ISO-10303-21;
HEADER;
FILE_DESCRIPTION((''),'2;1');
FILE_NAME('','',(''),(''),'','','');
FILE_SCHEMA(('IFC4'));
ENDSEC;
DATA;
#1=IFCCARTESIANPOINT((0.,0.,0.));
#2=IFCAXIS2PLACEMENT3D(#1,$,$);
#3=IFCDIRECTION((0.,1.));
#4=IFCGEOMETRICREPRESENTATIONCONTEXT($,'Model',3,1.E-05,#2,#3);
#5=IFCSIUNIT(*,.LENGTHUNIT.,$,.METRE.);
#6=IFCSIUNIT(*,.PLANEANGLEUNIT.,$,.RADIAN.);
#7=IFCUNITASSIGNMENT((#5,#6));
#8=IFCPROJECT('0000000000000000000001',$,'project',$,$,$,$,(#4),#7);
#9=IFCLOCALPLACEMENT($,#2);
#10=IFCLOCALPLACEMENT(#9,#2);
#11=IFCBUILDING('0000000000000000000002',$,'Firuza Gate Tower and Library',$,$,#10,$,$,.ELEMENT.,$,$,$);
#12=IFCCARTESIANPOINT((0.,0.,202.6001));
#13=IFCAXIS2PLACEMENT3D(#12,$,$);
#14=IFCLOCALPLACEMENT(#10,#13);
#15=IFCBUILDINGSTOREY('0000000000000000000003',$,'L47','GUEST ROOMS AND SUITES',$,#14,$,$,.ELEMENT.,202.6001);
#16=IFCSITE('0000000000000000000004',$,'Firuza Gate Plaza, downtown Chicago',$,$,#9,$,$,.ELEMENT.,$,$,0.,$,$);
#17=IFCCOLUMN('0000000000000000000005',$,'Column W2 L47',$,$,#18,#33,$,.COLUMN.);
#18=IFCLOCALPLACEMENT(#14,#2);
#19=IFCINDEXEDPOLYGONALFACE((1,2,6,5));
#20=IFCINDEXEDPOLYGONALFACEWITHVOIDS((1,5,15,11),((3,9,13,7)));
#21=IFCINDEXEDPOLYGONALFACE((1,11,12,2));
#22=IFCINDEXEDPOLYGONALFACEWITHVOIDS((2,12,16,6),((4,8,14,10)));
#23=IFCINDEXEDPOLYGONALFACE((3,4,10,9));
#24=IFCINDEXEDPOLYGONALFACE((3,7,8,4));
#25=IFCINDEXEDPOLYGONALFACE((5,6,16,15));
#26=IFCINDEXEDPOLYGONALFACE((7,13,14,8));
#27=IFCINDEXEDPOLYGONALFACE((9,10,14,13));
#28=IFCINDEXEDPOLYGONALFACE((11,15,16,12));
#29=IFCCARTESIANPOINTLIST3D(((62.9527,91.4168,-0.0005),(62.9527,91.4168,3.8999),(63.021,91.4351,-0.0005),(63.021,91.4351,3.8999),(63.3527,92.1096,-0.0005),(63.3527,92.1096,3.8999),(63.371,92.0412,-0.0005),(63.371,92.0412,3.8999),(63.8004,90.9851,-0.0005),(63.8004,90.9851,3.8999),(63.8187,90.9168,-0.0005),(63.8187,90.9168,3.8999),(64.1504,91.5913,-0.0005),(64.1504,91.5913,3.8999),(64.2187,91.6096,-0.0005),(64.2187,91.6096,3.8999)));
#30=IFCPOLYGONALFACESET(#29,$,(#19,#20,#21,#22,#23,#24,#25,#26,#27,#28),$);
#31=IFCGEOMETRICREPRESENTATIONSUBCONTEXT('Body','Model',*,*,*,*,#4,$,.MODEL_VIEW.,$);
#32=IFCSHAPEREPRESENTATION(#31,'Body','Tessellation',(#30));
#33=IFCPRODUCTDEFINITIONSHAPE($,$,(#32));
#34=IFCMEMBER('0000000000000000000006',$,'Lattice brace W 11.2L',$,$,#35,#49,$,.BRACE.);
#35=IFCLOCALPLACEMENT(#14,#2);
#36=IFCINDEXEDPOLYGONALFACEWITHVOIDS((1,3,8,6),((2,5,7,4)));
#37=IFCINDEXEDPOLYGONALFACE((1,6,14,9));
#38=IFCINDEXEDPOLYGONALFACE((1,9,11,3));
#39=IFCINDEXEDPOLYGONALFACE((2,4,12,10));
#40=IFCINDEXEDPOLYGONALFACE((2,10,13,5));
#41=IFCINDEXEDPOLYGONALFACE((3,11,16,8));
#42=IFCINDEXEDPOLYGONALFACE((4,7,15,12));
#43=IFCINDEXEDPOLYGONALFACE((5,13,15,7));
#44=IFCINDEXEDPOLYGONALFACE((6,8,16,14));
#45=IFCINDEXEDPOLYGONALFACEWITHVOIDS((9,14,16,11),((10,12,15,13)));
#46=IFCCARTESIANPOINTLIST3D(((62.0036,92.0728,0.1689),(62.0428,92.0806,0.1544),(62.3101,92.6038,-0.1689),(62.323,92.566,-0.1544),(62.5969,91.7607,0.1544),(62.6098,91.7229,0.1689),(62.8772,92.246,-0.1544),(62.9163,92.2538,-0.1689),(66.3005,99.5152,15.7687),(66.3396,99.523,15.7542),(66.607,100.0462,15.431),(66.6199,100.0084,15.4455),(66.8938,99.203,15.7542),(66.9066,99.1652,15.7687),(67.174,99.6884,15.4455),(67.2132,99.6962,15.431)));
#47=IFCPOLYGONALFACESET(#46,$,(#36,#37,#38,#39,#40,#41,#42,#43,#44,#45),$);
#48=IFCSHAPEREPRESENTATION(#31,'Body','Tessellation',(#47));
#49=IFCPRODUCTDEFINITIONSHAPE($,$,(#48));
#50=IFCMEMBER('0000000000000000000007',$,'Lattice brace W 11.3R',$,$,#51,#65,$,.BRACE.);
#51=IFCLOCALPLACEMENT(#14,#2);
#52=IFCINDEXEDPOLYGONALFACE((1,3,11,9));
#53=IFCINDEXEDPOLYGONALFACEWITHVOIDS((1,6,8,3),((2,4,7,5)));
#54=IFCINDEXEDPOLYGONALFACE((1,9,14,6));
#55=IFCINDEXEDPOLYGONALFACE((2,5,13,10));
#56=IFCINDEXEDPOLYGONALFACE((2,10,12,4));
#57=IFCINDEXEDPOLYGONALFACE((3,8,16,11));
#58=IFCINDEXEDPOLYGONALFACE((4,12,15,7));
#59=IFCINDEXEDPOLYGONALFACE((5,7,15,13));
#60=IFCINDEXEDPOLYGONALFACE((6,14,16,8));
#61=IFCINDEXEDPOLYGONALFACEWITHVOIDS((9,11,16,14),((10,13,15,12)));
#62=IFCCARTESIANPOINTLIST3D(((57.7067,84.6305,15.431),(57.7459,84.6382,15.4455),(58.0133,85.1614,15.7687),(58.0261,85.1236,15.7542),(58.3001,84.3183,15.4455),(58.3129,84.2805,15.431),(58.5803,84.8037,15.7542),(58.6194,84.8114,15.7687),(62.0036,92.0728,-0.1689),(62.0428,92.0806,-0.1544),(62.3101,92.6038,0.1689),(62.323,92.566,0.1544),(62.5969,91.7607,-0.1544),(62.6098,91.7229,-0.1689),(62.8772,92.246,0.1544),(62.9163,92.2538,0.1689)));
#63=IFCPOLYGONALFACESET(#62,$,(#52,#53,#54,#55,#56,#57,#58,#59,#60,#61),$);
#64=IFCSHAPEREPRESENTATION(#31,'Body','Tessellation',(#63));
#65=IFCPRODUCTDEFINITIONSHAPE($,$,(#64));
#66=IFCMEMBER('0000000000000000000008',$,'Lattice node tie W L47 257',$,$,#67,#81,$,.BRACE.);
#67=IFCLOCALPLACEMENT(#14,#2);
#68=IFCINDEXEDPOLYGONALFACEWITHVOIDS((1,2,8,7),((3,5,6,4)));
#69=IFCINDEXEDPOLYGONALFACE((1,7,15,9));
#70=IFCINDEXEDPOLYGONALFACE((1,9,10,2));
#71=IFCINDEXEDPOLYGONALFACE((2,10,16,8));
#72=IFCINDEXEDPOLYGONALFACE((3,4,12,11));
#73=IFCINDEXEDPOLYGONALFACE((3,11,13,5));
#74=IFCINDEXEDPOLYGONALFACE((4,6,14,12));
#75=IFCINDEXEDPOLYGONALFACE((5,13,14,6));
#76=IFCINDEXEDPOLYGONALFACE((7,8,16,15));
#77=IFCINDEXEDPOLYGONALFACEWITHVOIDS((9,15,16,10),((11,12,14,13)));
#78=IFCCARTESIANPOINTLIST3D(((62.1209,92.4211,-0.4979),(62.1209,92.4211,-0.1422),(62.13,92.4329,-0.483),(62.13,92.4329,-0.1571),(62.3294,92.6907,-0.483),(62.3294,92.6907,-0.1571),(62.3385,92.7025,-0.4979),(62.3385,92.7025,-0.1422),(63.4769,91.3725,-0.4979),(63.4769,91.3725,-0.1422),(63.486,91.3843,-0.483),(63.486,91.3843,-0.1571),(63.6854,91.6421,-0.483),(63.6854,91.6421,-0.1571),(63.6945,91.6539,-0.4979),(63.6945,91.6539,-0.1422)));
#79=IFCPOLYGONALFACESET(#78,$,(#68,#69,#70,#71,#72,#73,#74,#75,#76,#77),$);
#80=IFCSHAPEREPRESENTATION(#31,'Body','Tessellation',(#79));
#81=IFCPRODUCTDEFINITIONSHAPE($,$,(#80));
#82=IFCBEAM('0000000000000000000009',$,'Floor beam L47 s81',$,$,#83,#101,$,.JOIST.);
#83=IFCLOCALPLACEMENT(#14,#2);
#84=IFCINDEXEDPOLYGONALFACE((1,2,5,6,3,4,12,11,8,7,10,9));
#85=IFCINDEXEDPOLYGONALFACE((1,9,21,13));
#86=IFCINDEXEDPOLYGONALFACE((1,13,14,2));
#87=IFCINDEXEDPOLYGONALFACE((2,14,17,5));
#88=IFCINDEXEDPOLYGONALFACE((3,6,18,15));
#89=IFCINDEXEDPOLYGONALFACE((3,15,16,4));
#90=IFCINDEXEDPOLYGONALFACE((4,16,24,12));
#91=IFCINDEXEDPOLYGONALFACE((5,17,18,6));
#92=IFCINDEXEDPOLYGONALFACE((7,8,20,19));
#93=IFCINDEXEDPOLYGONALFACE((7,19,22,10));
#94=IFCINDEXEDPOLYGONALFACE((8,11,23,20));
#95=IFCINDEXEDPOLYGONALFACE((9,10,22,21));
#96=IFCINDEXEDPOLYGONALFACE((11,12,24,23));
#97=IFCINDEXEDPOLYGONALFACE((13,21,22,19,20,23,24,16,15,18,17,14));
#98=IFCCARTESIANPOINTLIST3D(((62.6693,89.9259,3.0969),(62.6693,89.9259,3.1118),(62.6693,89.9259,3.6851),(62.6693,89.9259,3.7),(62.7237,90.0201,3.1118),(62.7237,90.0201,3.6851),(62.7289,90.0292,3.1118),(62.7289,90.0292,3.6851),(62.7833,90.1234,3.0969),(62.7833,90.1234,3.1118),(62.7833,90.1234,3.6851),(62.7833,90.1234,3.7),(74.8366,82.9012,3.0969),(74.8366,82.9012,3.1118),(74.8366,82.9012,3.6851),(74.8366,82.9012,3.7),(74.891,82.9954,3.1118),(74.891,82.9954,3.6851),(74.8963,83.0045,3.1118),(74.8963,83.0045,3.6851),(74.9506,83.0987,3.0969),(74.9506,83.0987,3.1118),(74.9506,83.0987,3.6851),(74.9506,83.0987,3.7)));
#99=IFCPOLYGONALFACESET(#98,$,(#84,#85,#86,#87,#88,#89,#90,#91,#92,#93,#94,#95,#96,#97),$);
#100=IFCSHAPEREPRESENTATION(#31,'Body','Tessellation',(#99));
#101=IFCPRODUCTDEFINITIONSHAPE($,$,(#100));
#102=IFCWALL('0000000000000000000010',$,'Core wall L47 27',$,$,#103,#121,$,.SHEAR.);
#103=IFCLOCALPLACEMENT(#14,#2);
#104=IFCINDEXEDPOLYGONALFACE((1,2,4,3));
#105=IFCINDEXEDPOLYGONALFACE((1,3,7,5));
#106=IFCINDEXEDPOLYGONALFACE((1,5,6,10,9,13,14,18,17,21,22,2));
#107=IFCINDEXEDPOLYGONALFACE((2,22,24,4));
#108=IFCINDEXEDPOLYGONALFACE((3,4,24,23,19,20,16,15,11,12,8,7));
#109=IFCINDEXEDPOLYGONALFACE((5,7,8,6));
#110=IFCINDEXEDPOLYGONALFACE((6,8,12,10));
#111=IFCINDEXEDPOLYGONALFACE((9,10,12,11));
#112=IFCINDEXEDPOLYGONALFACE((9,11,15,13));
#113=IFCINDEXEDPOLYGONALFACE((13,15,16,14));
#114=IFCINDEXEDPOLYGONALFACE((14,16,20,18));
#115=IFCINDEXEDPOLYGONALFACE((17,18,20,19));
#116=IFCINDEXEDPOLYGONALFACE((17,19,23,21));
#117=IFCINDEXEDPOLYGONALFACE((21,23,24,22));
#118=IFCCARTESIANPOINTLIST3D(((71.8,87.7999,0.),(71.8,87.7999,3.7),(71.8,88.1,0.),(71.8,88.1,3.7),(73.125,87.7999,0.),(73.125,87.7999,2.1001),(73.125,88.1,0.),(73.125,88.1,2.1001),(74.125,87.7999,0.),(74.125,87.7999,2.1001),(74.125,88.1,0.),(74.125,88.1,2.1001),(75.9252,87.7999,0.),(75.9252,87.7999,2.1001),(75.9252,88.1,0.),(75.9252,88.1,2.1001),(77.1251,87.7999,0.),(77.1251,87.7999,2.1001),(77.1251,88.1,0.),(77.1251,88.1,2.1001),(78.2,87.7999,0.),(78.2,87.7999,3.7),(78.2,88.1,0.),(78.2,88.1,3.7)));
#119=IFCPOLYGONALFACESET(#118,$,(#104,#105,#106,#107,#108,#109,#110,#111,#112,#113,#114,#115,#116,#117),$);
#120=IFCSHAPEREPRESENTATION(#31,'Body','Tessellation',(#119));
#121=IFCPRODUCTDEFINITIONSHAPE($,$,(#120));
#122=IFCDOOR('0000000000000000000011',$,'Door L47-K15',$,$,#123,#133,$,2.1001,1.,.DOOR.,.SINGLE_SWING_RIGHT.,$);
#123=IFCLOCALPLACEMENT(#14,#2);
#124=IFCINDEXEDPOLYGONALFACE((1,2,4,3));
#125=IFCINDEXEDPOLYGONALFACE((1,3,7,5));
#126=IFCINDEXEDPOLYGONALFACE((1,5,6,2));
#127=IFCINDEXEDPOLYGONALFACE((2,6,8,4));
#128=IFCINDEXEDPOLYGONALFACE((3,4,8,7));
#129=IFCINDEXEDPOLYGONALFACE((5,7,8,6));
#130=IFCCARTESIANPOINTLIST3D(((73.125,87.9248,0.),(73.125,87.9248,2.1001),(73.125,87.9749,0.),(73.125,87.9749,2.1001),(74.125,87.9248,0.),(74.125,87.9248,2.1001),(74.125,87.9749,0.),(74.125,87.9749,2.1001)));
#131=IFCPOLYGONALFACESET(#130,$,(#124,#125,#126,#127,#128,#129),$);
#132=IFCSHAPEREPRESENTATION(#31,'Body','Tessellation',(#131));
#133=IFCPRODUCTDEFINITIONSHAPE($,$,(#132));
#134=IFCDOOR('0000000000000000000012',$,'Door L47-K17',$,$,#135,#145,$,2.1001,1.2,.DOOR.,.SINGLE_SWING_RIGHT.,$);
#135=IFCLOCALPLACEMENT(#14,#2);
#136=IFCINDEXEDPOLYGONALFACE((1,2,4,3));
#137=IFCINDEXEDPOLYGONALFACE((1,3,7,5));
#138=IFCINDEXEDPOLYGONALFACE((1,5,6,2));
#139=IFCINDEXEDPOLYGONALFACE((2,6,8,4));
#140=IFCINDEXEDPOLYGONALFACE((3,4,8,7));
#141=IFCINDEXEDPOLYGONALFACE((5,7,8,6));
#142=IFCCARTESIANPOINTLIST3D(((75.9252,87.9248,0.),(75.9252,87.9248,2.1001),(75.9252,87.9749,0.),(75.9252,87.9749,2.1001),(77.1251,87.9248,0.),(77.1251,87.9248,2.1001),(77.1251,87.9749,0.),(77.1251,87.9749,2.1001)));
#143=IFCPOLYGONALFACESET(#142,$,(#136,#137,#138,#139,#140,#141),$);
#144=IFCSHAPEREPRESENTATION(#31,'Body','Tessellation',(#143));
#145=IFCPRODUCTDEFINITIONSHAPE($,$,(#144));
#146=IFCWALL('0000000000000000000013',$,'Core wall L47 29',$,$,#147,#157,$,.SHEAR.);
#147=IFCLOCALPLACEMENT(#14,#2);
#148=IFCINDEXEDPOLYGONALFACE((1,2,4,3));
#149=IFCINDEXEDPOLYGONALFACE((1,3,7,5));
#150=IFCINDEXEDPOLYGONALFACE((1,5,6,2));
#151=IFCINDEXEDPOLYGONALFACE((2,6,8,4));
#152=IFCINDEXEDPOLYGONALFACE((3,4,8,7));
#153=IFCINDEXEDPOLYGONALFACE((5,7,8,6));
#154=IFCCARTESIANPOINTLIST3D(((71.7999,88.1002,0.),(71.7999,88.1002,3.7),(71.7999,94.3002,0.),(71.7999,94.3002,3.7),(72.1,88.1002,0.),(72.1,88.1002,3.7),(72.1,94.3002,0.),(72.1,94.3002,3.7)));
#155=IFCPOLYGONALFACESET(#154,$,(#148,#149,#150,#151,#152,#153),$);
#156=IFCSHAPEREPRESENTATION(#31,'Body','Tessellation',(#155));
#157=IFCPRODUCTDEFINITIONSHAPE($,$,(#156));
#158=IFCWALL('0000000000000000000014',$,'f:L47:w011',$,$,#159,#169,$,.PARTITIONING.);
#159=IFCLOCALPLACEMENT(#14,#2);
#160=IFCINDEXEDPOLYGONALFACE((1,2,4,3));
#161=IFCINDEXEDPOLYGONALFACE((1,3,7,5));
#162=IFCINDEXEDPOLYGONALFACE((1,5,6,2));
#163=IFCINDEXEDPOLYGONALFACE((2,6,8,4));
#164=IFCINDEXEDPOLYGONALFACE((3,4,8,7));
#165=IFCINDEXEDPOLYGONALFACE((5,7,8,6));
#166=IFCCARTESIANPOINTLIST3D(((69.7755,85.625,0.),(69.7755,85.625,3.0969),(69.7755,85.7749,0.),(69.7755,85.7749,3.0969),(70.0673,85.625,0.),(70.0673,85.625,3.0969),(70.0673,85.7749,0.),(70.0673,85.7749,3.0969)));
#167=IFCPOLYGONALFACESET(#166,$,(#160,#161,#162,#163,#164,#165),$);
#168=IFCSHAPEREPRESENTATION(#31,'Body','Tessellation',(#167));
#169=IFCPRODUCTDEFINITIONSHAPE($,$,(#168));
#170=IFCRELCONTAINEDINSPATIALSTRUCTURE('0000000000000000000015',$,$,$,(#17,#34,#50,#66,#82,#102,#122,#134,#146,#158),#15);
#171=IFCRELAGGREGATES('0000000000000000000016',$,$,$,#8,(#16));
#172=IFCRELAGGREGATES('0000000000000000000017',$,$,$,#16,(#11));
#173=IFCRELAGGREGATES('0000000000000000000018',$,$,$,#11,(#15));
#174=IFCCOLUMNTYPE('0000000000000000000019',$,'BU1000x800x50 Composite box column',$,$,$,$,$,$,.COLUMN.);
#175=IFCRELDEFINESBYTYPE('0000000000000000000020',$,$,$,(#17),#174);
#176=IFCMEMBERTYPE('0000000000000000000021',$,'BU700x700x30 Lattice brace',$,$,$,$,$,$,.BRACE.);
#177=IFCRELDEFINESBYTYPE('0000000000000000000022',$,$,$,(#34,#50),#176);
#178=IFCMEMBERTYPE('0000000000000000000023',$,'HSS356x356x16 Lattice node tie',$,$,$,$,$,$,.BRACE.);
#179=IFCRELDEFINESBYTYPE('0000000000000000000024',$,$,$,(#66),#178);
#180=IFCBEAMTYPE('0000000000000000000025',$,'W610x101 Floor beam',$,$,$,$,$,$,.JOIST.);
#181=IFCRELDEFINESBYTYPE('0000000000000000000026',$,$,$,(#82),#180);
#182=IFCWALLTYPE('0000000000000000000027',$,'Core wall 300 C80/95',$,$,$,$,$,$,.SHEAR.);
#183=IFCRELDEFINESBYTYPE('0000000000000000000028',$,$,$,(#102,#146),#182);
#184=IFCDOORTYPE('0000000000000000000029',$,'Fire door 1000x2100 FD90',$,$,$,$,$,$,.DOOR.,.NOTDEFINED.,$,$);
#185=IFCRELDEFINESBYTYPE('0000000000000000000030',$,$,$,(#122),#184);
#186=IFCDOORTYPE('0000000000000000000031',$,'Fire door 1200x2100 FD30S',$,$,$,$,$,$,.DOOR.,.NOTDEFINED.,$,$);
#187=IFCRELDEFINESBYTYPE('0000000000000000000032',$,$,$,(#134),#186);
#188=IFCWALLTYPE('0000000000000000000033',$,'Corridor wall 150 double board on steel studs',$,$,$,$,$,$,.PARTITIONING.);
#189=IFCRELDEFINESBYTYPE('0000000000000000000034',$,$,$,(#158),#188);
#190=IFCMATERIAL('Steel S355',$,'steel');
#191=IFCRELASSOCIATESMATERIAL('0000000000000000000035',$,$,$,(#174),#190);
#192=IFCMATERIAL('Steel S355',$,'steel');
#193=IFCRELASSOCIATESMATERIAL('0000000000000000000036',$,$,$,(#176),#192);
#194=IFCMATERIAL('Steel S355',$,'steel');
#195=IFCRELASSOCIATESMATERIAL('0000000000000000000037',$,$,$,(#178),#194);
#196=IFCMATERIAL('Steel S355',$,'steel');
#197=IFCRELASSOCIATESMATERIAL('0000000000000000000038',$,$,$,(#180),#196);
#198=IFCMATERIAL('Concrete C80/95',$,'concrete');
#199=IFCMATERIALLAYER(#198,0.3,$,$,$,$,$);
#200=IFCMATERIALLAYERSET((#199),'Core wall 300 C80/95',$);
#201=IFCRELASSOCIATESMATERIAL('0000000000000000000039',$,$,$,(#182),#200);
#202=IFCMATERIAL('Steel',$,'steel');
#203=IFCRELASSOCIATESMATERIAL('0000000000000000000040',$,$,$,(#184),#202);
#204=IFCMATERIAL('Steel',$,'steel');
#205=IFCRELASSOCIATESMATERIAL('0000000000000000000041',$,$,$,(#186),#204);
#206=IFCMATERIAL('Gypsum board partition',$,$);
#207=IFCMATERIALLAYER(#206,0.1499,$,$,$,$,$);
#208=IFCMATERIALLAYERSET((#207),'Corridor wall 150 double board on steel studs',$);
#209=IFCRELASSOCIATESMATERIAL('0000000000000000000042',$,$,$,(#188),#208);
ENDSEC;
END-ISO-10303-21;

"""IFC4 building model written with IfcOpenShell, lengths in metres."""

from ifc_helpers import new_model, si_unit, direction, frame, frame_2d, origin, origin_2d, place, context, subcontext, project, spatial, rectangle, hollow_rectangle, i_section, extrude, material, layer, layer_set, material_profile, profile_set, type_object, element, fill, save


model = new_model("IFC4")

# Units and contexts
model_context = context("Model", 3, precision=1e-05, world=origin(), true_north=direction((0.0, 1.0)))
body_context = subcontext(model_context, "Body", "Model", "MODEL_VIEW")
ifc_project = project(units=[si_unit("LENGTHUNIT", "METRE"), si_unit("PLANEANGLEUNIT", "RADIAN")], contexts=[model_context])

# Site, building, storey
site_placement = place(None, origin())
site = spatial("IfcSite", under=ifc_project, at=site_placement, Name="Firuza Gate Plaza, downtown Chicago", CompositionType="ELEMENT", RefElevation=0.0)
building_placement = place(site_placement, origin())
building = spatial("IfcBuilding", under=site, at=building_placement, Name="Firuza Gate Tower and Library", CompositionType="ELEMENT")
storey_placement = place(building_placement, frame((0.0, 0.0, 202.6001)))
storey = spatial("IfcBuildingStorey", under=building, at=storey_placement, Name="L47", Description="GUEST ROOMS AND SUITES", CompositionType="ELEMENT", Elevation=202.6001)

# Column
ifc_material_1 = material(Name="Steel S355", Category="steel")
ifc_material_profile_1 = material_profile(ifc_material_1, hollow_rectangle(XDim=0.8, YDim=1.0, WallThickness=0.05, at=origin_2d()))
ifc_profile_set_1 = profile_set([ifc_material_profile_1], Name="Steel S355")
column_type = type_object("IfcColumnType", Name="BU1000x800x50 Composite box column", PredefinedType="COLUMN", material=ifc_profile_set_1)
column_placement = place(storey_placement, frame((63.5857, 91.5132, -0.0005), z_axis=(0.0, 0.0, 1.0), x_axis=(-0.5, -0.866025, 0.0)))
element("IfcColumn", 1, at=column_placement, inside=storey, type_object=column_type, Name="Column W2 L47", PredefinedType="COLUMN", context=body_context, shape_type="SweptSolid", body=[
    extrude(hollow_rectangle(XDim=0.8, YDim=1.0, WallThickness=0.05, at=origin_2d()), origin(), (0.0, 0.0, 1.0), 3.9004),
])

# Members
ifc_material_2 = material(Name="Steel S355", Category="steel")
ifc_material_profile_2 = material_profile(ifc_material_2, hollow_rectangle(XDim=0.7, YDim=0.7, WallThickness=0.03, at=origin_2d()))
ifc_profile_set_2 = profile_set([ifc_material_profile_2], Name="Steel S355")
member_type_1 = type_object("IfcMemberType", Name="BU700x700x30 Lattice brace", PredefinedType="BRACE", material=ifc_profile_set_2)
for number, where, z_axis, x_axis, name in (
    (2, (62.46, 92.1633, 0.0), (0.241258, 0.417869, 0.875888), (-0.866025, 0.500001, 0.0), "Lattice brace W 11.2L"),
    (3, (62.46, 92.1633, 0.0), (-0.241258, -0.417869, 0.875888), (0.866025, -0.500001, 0.0), "Lattice brace W 11.3R"),
):
    element("IfcMember", number, at=place(storey_placement, frame(where, z_axis=z_axis, x_axis=x_axis)), inside=storey, type_object=member_type_1, Name=name, PredefinedType="BRACE", context=body_context, shape_type="SweptSolid", body=[
        extrude(hollow_rectangle(XDim=0.7, YDim=0.7, WallThickness=0.03, at=origin_2d()), origin(), (0.0, 0.0, 1.0), 17.8103),
    ])
ifc_material_3 = material(Name="Steel S355", Category="steel")
ifc_material_profile_3 = material_profile(ifc_material_3, hollow_rectangle(XDim=0.3557, YDim=0.3557, WallThickness=0.0149, at=origin_2d()))
ifc_profile_set_3 = profile_set([ifc_material_profile_3], Name="Steel S355")
member_type_2 = type_object("IfcMemberType", Name="HSS356x356x16 Lattice node tie", PredefinedType="BRACE", material=ifc_profile_set_3)
member_placement = place(storey_placement, frame((63.5857, 91.5132, -0.3201), z_axis=(-0.791059, 0.611739, 0.0), x_axis=(-0.611739, -0.791059, 0.0)))
element("IfcMember", 4, at=member_placement, inside=storey, type_object=member_type_2, Name="Lattice node tie W L47 257", PredefinedType="BRACE", context=body_context, shape_type="SweptSolid", body=[
    extrude(hollow_rectangle(XDim=0.3557, YDim=0.3557, WallThickness=0.0149, at=origin_2d()), origin(), (0.0, 0.0, 1.0), 1.7141),
])

# Beam
ifc_material_4 = material(Name="Steel S355", Category="steel")
ifc_material_profile_4 = material_profile(ifc_material_4, i_section(OverallWidth=0.228, OverallDepth=0.603, WebThickness=0.0105, FlangeThickness=0.0149, at=origin_2d()))
ifc_profile_set_4 = profile_set([ifc_material_profile_4], Name="Steel S355")
beam_type = type_object("IfcBeamType", Name="W610x101 Floor beam", PredefinedType="JOIST", material=ifc_profile_set_4)
beam_placement = place(storey_placement, frame((62.7263, 90.0247, 3.3984), z_axis=(0.866028, -0.499995, 0.0), x_axis=(0.499995, 0.866028, 0.0)))
element("IfcBeam", 5, at=beam_placement, inside=storey, type_object=beam_type, Name="Floor beam L47 s81", PredefinedType="JOIST", context=body_context, shape_type="SweptSolid", body=[
    extrude(i_section(OverallWidth=0.228, OverallDepth=0.603, WebThickness=0.0105, FlangeThickness=0.0149, at=origin_2d()), origin(), (0.0, 0.0, 1.0), 14.0496),
])

# Wall, openings, doors
ifc_material_5 = material(Name="Concrete C80/95", Category="concrete")
ifc_layer_1 = layer(ifc_material_5, 0.3)
ifc_layer_set_1 = layer_set([ifc_layer_1], Name="Core wall 300 C80/95")
wall_type_1 = type_object("IfcWallType", Name="Core wall 300 C80/95", PredefinedType="SHEAR", material=ifc_layer_set_1)
wall_1_placement = place(storey_placement, frame((71.8, 87.95, 0.0), z_axis=(0.0, 0.0, 1.0), x_axis=(1.0, 0.0, 0.0)))
wall_1 = element("IfcWall", 6, at=wall_1_placement, inside=storey, type_object=wall_type_1, Name="Core wall L47 27", PredefinedType="SHEAR", context=body_context, shape_type="SweptSolid", body=[
    extrude(rectangle(XDim=6.3999, YDim=0.3, at=frame_2d((3.2, 0.0))), origin(), (0.0, 0.0, 1.0), 3.7),
])
opening_1_placement = place(wall_1_placement, frame((1.325, 0.0, 0.0)))
opening_1 = element("IfcOpeningElement", 7, at=opening_1_placement, cuts=wall_1, PredefinedType="OPENING", context=body_context, shape_type="SweptSolid", body=[
    extrude(rectangle(XDim=1.0, YDim=2.1001, at=frame_2d((0.5, 1.05))), frame((0.0, 0.1602, 0.0), z_axis=(0.0, -1.0, 0.0), x_axis=(1.0, 0.0, 0.0)), (0.0, 0.0, 1.0), 0.3201),
])
opening_2_placement = place(wall_1_placement, frame((4.125, 0.0, 0.0)))
opening_2 = element("IfcOpeningElement", 8, at=opening_2_placement, cuts=wall_1, PredefinedType="OPENING", context=body_context, shape_type="SweptSolid", body=[
    extrude(rectangle(XDim=1.2, YDim=2.1001, at=frame_2d((0.6001, 1.05))), frame((0.0, 0.1602, 0.0), z_axis=(0.0, -1.0, 0.0), x_axis=(1.0, 0.0, 0.0)), (0.0, 0.0, 1.0), 0.3201),
])
ifc_material_6 = material(Name="Steel", Category="steel")
door_type_1 = type_object("IfcDoorType", Name="Fire door 1000x2100 FD90", OperationType="NOTDEFINED", PredefinedType="DOOR", material=ifc_material_6)
door_1_placement = place(opening_1_placement, origin())
door_1 = element("IfcDoor", 9, at=door_1_placement, inside=storey, type_object=door_type_1, Name="Door L47-K15", OperationType="SINGLE_SWING_RIGHT", OverallHeight=2.1001, OverallWidth=1.0, PredefinedType="DOOR", context=body_context, shape_type="SweptSolid", body=[
    extrude(rectangle(XDim=1.0, YDim=2.1001, at=frame_2d((0.5, 1.05))), frame((0.0, 0.0249, 0.0), z_axis=(0.0, -1.0, 0.0), x_axis=(1.0, 0.0, 0.0)), (0.0, 0.0, 1.0), 0.05),
])
fill(opening_1, door_1)
ifc_material_7 = material(Name="Steel", Category="steel")
door_type_2 = type_object("IfcDoorType", Name="Fire door 1200x2100 FD30S", OperationType="NOTDEFINED", PredefinedType="DOOR", material=ifc_material_7)
door_2_placement = place(opening_2_placement, origin())
door_2 = element("IfcDoor", 10, at=door_2_placement, inside=storey, type_object=door_type_2, Name="Door L47-K17", OperationType="SINGLE_SWING_RIGHT", OverallHeight=2.1001, OverallWidth=1.2, PredefinedType="DOOR", context=body_context, shape_type="SweptSolid", body=[
    extrude(rectangle(XDim=1.2, YDim=2.1001, at=frame_2d((0.6001, 1.05))), frame((0.0, 0.0249, 0.0), z_axis=(0.0, -1.0, 0.0), x_axis=(1.0, 0.0, 0.0)), (0.0, 0.0, 1.0), 0.05),
])
fill(opening_2, door_2)

# Walls
wall_2_placement = place(storey_placement, frame((71.95, 88.1001, 0.0), z_axis=(0.0, 0.0, 1.0), x_axis=(0.0, 1.0, 0.0)))
element("IfcWall", 11, at=wall_2_placement, inside=storey, type_object=wall_type_1, Name="Core wall L47 29", PredefinedType="SHEAR", context=body_context, shape_type="SweptSolid", body=[
    extrude(rectangle(XDim=6.2, YDim=0.3, at=frame_2d((3.1001, 0.0))), origin(), (0.0, 0.0, 1.0), 3.7),
])
ifc_material_8 = material(Name="Gypsum board partition")
ifc_layer_2 = layer(ifc_material_8, 0.1499)
ifc_layer_set_2 = layer_set([ifc_layer_2], Name="Corridor wall 150 double board on steel studs")
wall_type_2 = type_object("IfcWallType", Name="Corridor wall 150 double board on steel studs", PredefinedType="PARTITIONING", material=ifc_layer_set_2)
wall_3_placement = place(storey_placement, frame((69.7754, 85.7, 0.0), z_axis=(0.0, 0.0, 1.0), x_axis=(1.0, 0.0, 0.0)))
element("IfcWall", 12, at=wall_3_placement, inside=storey, type_object=wall_type_2, Name="f:L47:w011", PredefinedType="PARTITIONING", context=body_context, shape_type="SweptSolid", body=[
    extrude(rectangle(XDim=0.2917, YDim=0.1499, at=frame_2d((0.146, 0.0))), origin(), (0.0, 0.0, 1.0), 3.0969),
])

save(model, "model.ifc")
